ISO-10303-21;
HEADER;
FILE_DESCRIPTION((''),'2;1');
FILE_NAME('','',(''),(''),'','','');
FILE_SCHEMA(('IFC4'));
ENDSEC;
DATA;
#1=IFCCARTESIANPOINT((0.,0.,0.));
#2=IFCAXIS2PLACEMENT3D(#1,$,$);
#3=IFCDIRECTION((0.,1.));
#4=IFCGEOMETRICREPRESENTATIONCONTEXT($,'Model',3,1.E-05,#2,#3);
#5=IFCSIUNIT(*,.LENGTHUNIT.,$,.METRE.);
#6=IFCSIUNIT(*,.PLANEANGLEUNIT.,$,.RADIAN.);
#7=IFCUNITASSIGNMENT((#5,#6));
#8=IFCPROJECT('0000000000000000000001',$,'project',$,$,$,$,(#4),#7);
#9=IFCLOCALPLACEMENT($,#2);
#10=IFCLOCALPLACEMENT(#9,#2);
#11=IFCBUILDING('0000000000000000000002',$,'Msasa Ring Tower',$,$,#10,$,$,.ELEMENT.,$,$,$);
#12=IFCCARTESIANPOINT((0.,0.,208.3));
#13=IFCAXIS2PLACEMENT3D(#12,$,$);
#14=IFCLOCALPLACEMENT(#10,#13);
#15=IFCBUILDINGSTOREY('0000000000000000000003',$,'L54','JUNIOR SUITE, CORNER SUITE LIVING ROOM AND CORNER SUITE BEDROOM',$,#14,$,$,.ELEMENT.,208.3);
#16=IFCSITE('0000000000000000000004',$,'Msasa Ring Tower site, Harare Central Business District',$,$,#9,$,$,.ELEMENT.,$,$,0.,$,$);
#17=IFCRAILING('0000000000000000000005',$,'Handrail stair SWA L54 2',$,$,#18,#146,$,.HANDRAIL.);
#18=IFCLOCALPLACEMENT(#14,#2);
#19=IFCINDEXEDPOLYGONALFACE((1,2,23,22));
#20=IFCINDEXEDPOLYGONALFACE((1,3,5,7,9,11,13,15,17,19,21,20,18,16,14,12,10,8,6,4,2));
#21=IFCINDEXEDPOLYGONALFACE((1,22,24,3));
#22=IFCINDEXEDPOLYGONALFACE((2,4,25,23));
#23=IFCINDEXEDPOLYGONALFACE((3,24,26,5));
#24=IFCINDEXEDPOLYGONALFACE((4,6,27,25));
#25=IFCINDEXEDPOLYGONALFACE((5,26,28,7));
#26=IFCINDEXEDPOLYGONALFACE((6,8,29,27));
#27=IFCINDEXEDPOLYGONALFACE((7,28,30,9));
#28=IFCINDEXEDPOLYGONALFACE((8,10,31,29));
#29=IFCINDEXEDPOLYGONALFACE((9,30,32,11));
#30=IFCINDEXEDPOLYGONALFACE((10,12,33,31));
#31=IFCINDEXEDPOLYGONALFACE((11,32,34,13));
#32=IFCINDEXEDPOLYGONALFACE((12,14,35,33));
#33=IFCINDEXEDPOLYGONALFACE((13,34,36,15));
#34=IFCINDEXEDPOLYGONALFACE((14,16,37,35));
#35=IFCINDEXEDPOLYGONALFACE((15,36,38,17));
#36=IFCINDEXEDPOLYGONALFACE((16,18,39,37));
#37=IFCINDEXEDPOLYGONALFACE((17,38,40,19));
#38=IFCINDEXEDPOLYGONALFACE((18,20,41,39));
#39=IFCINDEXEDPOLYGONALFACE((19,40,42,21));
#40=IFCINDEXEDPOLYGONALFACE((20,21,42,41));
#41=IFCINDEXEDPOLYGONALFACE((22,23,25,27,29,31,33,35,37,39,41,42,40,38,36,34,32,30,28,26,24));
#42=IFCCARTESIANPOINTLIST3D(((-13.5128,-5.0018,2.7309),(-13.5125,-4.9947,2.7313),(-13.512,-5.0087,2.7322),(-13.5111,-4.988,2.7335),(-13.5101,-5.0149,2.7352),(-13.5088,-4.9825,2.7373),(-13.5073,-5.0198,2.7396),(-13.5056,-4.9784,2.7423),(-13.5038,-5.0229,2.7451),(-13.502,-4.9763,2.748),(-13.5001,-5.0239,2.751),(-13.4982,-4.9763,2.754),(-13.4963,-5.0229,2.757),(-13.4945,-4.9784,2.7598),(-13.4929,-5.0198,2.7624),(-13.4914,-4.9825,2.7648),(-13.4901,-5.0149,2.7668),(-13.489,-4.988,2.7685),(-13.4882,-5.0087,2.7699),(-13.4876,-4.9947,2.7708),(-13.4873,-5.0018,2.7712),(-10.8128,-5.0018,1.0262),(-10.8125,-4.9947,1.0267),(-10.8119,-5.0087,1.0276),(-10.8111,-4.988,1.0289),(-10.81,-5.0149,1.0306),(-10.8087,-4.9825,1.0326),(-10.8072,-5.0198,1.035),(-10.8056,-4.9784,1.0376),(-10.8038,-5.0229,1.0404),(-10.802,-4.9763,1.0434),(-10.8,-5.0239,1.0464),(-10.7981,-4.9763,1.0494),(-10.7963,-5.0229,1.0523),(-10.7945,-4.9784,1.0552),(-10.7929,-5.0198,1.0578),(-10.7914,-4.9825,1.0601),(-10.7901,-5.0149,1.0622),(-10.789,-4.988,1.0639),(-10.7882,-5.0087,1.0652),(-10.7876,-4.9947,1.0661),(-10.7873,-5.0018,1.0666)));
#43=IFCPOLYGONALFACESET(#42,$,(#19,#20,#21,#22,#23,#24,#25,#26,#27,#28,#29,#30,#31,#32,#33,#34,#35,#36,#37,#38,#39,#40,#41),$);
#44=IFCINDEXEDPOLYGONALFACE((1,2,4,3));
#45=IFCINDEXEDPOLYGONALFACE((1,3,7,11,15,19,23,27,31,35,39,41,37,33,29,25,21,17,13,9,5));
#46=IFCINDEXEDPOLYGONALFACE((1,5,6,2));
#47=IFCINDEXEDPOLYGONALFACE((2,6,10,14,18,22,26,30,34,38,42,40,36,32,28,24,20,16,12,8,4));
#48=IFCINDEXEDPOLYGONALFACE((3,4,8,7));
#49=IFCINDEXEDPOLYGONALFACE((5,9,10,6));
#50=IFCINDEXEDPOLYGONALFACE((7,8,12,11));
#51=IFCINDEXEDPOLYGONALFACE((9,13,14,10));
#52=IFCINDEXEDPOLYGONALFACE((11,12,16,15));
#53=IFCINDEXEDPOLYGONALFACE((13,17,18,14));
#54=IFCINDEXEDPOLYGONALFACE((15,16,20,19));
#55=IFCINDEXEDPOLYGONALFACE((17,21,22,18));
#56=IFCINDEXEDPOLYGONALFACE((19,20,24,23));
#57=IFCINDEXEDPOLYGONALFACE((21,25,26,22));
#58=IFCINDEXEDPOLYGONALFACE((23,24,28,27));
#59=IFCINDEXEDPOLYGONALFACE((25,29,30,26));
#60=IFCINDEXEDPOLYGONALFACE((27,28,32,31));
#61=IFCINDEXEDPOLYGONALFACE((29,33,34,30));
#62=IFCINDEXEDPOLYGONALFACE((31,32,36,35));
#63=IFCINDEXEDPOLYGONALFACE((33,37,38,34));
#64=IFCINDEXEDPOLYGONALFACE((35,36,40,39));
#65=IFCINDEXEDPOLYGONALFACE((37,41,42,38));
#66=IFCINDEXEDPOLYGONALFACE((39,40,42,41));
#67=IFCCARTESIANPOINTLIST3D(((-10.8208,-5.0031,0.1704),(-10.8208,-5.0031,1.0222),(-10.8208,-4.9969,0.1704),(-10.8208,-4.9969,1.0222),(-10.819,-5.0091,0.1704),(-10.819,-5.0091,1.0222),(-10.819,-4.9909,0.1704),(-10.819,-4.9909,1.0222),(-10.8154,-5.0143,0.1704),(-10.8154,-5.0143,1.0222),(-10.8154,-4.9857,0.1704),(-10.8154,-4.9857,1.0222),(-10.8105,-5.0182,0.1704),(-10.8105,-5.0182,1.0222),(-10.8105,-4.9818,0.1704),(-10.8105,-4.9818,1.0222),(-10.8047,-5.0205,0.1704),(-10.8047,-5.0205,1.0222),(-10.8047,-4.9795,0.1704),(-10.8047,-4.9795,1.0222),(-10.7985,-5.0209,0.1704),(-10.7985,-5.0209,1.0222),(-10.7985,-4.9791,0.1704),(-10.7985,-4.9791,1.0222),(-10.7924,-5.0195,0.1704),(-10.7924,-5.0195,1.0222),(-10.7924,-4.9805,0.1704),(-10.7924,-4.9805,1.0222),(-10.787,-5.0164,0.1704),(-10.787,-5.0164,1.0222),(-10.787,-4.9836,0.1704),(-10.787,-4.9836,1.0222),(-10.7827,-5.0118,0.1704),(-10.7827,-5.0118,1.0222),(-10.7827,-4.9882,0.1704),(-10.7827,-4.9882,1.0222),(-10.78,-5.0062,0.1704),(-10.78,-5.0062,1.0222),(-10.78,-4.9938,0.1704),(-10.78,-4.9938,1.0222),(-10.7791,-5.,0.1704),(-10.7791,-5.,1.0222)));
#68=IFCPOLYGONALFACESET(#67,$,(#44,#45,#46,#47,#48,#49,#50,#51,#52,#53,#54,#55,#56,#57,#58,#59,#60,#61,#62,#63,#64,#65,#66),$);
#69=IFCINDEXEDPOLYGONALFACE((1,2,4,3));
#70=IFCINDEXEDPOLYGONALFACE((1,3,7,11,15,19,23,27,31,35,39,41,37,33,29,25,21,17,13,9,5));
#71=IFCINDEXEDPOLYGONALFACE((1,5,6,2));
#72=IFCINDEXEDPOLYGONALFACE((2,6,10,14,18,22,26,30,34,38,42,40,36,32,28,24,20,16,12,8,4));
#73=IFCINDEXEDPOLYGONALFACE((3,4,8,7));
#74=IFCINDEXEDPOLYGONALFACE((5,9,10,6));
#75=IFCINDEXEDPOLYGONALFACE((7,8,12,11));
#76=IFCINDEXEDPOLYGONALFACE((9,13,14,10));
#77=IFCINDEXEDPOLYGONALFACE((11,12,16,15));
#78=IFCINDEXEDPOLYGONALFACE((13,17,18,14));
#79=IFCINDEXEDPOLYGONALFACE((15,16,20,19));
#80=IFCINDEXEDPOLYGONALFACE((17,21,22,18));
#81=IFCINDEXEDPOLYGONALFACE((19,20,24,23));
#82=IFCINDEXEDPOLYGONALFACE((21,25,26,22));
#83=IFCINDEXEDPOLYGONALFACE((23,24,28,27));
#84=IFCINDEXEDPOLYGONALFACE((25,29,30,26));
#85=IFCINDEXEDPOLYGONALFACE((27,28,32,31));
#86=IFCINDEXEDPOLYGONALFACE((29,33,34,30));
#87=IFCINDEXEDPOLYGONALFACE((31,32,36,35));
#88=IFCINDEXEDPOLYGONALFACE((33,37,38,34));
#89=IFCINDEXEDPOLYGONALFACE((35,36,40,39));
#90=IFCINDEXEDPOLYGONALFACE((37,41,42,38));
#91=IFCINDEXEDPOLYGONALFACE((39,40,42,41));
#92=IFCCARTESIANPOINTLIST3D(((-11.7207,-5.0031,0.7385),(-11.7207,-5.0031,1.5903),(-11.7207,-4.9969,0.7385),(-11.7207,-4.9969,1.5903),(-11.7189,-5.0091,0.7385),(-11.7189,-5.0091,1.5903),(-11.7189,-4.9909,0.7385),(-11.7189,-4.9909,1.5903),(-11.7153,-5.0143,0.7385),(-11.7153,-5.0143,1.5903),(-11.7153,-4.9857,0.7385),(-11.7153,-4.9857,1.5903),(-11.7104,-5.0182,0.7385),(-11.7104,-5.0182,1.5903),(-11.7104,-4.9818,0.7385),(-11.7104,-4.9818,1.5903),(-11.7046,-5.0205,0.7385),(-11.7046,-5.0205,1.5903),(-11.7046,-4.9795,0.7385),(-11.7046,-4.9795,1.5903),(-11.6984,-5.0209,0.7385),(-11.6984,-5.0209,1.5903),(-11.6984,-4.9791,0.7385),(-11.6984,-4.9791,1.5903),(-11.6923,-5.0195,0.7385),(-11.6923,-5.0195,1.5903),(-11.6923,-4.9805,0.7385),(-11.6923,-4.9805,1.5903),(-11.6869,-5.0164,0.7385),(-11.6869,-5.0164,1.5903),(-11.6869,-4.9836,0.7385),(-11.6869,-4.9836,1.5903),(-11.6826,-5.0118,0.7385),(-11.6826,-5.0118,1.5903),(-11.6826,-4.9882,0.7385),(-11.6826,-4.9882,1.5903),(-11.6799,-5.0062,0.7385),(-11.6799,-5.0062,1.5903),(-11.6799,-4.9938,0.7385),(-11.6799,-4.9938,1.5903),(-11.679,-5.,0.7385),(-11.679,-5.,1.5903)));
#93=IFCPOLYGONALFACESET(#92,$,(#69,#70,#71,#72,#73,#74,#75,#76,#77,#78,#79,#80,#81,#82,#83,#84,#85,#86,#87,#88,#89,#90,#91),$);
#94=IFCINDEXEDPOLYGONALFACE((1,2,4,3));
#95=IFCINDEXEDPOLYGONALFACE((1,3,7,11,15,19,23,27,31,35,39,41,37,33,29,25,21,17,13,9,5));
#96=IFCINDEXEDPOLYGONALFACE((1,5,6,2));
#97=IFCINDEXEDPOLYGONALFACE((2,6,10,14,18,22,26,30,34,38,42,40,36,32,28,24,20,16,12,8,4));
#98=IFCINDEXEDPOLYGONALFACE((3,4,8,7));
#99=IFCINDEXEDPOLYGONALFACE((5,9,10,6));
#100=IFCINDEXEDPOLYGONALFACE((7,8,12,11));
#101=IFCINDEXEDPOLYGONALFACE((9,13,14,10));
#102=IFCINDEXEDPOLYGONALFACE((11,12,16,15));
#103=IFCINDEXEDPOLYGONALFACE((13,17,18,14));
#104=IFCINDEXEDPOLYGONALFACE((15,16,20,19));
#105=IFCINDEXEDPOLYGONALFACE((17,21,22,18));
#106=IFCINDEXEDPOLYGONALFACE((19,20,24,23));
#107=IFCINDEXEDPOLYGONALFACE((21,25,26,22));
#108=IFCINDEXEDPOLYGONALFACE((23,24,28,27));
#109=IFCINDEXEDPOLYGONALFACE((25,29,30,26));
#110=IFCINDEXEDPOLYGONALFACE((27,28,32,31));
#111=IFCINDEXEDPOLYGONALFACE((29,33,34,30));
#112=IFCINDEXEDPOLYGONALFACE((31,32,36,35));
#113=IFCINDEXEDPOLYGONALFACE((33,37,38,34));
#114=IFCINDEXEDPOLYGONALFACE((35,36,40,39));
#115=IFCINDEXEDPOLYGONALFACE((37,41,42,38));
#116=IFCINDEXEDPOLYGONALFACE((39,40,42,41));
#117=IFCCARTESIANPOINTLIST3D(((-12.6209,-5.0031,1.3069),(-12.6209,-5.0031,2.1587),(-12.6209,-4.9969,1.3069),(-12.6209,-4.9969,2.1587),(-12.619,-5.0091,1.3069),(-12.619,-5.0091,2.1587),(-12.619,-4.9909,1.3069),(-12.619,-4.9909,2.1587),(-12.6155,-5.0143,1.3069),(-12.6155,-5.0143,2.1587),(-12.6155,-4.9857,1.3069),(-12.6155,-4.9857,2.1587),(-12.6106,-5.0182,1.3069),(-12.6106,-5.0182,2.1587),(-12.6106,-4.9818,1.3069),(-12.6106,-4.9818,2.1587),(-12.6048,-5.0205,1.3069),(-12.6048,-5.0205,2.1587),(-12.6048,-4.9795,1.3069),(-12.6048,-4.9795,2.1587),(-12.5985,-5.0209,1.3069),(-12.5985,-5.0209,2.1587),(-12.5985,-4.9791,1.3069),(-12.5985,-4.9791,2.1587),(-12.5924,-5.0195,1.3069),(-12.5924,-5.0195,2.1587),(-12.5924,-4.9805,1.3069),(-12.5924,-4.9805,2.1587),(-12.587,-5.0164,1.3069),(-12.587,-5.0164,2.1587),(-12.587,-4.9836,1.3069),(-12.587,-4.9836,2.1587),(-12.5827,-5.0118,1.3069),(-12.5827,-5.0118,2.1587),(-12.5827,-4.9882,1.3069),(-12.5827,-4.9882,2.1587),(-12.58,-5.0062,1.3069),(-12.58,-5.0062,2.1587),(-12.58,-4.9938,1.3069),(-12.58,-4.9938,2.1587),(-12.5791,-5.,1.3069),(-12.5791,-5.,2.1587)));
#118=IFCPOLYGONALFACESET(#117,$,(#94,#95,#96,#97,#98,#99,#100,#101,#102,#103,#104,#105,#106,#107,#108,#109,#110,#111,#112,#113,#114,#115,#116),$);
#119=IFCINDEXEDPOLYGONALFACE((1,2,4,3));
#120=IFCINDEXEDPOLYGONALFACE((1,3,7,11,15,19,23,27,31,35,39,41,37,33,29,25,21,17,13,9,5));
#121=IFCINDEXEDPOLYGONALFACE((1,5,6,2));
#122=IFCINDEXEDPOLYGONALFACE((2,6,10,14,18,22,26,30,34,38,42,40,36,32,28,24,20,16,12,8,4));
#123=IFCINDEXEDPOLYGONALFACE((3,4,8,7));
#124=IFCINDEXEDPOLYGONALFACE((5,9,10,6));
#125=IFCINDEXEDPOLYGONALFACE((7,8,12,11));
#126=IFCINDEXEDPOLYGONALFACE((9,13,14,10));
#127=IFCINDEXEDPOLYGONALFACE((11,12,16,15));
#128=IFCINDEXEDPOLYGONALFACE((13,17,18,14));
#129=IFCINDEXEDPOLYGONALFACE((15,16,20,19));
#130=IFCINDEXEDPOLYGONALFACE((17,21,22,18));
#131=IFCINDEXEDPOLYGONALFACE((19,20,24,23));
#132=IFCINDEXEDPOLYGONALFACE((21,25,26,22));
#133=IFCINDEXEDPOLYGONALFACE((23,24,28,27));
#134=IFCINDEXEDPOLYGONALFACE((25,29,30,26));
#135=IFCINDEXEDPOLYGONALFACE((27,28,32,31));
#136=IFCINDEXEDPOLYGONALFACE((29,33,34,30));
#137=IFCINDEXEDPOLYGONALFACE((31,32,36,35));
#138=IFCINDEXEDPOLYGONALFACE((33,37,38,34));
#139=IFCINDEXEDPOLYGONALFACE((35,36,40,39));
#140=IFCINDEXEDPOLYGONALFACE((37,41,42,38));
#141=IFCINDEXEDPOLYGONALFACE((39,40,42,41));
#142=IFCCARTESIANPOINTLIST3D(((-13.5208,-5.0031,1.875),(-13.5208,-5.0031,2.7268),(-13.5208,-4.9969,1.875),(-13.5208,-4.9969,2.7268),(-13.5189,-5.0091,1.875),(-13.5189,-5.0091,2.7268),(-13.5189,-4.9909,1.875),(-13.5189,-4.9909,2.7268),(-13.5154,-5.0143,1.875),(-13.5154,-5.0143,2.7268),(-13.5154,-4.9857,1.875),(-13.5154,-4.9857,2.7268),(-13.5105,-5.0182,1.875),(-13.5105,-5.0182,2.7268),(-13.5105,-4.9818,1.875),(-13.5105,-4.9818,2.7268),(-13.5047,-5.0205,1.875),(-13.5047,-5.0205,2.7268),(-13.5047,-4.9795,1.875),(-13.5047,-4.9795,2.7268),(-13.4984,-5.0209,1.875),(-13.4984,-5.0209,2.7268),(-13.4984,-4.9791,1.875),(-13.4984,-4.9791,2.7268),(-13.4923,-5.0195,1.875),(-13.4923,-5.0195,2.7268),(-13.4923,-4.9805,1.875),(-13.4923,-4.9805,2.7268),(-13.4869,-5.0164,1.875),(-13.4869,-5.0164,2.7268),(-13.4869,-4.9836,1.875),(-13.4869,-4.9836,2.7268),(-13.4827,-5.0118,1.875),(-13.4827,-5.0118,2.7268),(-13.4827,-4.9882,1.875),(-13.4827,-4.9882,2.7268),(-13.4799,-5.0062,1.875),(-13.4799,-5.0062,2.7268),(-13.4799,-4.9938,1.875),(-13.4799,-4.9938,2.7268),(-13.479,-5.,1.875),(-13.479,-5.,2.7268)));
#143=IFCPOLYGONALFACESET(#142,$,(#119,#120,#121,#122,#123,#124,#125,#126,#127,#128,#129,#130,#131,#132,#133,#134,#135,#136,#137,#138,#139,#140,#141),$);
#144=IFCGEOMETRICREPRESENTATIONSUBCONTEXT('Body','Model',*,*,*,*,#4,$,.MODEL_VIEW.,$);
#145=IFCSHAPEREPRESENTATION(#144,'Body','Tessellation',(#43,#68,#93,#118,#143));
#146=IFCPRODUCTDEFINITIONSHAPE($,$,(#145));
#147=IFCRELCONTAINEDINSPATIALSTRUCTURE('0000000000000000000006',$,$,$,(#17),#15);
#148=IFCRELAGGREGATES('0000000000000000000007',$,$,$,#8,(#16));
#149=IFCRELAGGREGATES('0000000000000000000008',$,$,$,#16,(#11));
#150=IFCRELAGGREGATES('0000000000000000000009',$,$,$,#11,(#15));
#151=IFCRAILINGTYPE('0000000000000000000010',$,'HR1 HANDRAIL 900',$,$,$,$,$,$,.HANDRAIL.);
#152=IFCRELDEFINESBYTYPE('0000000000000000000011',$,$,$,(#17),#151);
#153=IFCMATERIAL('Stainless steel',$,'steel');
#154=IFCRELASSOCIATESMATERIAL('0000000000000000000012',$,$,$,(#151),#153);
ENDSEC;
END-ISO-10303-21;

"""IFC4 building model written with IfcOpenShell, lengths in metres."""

from ifc_helpers import new_model, si_unit, direction, frame, origin, origin_2d, place, context, subcontext, project, spatial, circle, extrude, material, type_object, element, save


model = new_model("IFC4")

# Units and contexts
model_context = context("Model", 3, precision=1e-05, world=origin(), true_north=direction((0.0, 1.0)))
body_context = subcontext(model_context, "Body", "Model", "MODEL_VIEW")
ifc_project = project(units=[si_unit("LENGTHUNIT", "METRE"), si_unit("PLANEANGLEUNIT", "RADIAN")], contexts=[model_context])

# Site, building, storey
site_placement = place(None, origin())
site = spatial("IfcSite", under=ifc_project, at=site_placement, Name="Msasa Ring Tower site, Harare Central Business District", CompositionType="ELEMENT", RefElevation=0.0)
building_placement = place(site_placement, origin())
building = spatial("IfcBuilding", under=site, at=building_placement, Name="Msasa Ring Tower", CompositionType="ELEMENT")
storey_placement = place(building_placement, frame((0.0, 0.0, 208.3)))
storey = spatial("IfcBuildingStorey", under=building, at=storey_placement, Name="L54", Description="JUNIOR SUITE, CORNER SUITE LIVING ROOM AND CORNER SUITE BEDROOM", CompositionType="ELEMENT", Elevation=208.3)

# Railing
ifc_material_1 = material(Name="Stainless steel", Category="steel")
railing_type = type_object("IfcRailingType", Name="HR1 HANDRAIL 900", PredefinedType="HANDRAIL", material=ifc_material_1)
for number, where, name in (
    (1, (-10.8, -5.0, 0.1704), "Handrail stair SWA L54 2"),
):
    element("IfcRailing", number, at=place(storey_placement, frame(where)), inside=storey, type_object=railing_type, Name=name, PredefinedType="HANDRAIL", context=body_context, shape_type="SweptSolid", body=[
        extrude(circle(Radius=0.0239, at=origin_2d()), frame((0.0, 0.0, 0.876), z_axis=(-0.84558, 0.0, 0.533849), x_axis=(0.0, -1.0, 0.0)), (0.0, 0.0, 1.0), 3.1931),
        extrude(circle(Radius=0.021, at=origin_2d()), origin(), (0.0, 0.0, 1.0), 0.8518),
        extrude(circle(Radius=0.021, at=origin_2d()), frame((-0.8999, 0.0, 0.5681)), (0.0, 0.0, 1.0), 0.8518),
        extrude(circle(Radius=0.021, at=origin_2d()), frame((-1.8, 0.0, 1.1365)), (0.0, 0.0, 1.0), 0.8518),
        extrude(circle(Radius=0.021, at=origin_2d()), frame((-2.7, 0.0, 1.7046)), (0.0, 0.0, 1.0), 0.8518),
    ])

save(model, "model.ifc")
